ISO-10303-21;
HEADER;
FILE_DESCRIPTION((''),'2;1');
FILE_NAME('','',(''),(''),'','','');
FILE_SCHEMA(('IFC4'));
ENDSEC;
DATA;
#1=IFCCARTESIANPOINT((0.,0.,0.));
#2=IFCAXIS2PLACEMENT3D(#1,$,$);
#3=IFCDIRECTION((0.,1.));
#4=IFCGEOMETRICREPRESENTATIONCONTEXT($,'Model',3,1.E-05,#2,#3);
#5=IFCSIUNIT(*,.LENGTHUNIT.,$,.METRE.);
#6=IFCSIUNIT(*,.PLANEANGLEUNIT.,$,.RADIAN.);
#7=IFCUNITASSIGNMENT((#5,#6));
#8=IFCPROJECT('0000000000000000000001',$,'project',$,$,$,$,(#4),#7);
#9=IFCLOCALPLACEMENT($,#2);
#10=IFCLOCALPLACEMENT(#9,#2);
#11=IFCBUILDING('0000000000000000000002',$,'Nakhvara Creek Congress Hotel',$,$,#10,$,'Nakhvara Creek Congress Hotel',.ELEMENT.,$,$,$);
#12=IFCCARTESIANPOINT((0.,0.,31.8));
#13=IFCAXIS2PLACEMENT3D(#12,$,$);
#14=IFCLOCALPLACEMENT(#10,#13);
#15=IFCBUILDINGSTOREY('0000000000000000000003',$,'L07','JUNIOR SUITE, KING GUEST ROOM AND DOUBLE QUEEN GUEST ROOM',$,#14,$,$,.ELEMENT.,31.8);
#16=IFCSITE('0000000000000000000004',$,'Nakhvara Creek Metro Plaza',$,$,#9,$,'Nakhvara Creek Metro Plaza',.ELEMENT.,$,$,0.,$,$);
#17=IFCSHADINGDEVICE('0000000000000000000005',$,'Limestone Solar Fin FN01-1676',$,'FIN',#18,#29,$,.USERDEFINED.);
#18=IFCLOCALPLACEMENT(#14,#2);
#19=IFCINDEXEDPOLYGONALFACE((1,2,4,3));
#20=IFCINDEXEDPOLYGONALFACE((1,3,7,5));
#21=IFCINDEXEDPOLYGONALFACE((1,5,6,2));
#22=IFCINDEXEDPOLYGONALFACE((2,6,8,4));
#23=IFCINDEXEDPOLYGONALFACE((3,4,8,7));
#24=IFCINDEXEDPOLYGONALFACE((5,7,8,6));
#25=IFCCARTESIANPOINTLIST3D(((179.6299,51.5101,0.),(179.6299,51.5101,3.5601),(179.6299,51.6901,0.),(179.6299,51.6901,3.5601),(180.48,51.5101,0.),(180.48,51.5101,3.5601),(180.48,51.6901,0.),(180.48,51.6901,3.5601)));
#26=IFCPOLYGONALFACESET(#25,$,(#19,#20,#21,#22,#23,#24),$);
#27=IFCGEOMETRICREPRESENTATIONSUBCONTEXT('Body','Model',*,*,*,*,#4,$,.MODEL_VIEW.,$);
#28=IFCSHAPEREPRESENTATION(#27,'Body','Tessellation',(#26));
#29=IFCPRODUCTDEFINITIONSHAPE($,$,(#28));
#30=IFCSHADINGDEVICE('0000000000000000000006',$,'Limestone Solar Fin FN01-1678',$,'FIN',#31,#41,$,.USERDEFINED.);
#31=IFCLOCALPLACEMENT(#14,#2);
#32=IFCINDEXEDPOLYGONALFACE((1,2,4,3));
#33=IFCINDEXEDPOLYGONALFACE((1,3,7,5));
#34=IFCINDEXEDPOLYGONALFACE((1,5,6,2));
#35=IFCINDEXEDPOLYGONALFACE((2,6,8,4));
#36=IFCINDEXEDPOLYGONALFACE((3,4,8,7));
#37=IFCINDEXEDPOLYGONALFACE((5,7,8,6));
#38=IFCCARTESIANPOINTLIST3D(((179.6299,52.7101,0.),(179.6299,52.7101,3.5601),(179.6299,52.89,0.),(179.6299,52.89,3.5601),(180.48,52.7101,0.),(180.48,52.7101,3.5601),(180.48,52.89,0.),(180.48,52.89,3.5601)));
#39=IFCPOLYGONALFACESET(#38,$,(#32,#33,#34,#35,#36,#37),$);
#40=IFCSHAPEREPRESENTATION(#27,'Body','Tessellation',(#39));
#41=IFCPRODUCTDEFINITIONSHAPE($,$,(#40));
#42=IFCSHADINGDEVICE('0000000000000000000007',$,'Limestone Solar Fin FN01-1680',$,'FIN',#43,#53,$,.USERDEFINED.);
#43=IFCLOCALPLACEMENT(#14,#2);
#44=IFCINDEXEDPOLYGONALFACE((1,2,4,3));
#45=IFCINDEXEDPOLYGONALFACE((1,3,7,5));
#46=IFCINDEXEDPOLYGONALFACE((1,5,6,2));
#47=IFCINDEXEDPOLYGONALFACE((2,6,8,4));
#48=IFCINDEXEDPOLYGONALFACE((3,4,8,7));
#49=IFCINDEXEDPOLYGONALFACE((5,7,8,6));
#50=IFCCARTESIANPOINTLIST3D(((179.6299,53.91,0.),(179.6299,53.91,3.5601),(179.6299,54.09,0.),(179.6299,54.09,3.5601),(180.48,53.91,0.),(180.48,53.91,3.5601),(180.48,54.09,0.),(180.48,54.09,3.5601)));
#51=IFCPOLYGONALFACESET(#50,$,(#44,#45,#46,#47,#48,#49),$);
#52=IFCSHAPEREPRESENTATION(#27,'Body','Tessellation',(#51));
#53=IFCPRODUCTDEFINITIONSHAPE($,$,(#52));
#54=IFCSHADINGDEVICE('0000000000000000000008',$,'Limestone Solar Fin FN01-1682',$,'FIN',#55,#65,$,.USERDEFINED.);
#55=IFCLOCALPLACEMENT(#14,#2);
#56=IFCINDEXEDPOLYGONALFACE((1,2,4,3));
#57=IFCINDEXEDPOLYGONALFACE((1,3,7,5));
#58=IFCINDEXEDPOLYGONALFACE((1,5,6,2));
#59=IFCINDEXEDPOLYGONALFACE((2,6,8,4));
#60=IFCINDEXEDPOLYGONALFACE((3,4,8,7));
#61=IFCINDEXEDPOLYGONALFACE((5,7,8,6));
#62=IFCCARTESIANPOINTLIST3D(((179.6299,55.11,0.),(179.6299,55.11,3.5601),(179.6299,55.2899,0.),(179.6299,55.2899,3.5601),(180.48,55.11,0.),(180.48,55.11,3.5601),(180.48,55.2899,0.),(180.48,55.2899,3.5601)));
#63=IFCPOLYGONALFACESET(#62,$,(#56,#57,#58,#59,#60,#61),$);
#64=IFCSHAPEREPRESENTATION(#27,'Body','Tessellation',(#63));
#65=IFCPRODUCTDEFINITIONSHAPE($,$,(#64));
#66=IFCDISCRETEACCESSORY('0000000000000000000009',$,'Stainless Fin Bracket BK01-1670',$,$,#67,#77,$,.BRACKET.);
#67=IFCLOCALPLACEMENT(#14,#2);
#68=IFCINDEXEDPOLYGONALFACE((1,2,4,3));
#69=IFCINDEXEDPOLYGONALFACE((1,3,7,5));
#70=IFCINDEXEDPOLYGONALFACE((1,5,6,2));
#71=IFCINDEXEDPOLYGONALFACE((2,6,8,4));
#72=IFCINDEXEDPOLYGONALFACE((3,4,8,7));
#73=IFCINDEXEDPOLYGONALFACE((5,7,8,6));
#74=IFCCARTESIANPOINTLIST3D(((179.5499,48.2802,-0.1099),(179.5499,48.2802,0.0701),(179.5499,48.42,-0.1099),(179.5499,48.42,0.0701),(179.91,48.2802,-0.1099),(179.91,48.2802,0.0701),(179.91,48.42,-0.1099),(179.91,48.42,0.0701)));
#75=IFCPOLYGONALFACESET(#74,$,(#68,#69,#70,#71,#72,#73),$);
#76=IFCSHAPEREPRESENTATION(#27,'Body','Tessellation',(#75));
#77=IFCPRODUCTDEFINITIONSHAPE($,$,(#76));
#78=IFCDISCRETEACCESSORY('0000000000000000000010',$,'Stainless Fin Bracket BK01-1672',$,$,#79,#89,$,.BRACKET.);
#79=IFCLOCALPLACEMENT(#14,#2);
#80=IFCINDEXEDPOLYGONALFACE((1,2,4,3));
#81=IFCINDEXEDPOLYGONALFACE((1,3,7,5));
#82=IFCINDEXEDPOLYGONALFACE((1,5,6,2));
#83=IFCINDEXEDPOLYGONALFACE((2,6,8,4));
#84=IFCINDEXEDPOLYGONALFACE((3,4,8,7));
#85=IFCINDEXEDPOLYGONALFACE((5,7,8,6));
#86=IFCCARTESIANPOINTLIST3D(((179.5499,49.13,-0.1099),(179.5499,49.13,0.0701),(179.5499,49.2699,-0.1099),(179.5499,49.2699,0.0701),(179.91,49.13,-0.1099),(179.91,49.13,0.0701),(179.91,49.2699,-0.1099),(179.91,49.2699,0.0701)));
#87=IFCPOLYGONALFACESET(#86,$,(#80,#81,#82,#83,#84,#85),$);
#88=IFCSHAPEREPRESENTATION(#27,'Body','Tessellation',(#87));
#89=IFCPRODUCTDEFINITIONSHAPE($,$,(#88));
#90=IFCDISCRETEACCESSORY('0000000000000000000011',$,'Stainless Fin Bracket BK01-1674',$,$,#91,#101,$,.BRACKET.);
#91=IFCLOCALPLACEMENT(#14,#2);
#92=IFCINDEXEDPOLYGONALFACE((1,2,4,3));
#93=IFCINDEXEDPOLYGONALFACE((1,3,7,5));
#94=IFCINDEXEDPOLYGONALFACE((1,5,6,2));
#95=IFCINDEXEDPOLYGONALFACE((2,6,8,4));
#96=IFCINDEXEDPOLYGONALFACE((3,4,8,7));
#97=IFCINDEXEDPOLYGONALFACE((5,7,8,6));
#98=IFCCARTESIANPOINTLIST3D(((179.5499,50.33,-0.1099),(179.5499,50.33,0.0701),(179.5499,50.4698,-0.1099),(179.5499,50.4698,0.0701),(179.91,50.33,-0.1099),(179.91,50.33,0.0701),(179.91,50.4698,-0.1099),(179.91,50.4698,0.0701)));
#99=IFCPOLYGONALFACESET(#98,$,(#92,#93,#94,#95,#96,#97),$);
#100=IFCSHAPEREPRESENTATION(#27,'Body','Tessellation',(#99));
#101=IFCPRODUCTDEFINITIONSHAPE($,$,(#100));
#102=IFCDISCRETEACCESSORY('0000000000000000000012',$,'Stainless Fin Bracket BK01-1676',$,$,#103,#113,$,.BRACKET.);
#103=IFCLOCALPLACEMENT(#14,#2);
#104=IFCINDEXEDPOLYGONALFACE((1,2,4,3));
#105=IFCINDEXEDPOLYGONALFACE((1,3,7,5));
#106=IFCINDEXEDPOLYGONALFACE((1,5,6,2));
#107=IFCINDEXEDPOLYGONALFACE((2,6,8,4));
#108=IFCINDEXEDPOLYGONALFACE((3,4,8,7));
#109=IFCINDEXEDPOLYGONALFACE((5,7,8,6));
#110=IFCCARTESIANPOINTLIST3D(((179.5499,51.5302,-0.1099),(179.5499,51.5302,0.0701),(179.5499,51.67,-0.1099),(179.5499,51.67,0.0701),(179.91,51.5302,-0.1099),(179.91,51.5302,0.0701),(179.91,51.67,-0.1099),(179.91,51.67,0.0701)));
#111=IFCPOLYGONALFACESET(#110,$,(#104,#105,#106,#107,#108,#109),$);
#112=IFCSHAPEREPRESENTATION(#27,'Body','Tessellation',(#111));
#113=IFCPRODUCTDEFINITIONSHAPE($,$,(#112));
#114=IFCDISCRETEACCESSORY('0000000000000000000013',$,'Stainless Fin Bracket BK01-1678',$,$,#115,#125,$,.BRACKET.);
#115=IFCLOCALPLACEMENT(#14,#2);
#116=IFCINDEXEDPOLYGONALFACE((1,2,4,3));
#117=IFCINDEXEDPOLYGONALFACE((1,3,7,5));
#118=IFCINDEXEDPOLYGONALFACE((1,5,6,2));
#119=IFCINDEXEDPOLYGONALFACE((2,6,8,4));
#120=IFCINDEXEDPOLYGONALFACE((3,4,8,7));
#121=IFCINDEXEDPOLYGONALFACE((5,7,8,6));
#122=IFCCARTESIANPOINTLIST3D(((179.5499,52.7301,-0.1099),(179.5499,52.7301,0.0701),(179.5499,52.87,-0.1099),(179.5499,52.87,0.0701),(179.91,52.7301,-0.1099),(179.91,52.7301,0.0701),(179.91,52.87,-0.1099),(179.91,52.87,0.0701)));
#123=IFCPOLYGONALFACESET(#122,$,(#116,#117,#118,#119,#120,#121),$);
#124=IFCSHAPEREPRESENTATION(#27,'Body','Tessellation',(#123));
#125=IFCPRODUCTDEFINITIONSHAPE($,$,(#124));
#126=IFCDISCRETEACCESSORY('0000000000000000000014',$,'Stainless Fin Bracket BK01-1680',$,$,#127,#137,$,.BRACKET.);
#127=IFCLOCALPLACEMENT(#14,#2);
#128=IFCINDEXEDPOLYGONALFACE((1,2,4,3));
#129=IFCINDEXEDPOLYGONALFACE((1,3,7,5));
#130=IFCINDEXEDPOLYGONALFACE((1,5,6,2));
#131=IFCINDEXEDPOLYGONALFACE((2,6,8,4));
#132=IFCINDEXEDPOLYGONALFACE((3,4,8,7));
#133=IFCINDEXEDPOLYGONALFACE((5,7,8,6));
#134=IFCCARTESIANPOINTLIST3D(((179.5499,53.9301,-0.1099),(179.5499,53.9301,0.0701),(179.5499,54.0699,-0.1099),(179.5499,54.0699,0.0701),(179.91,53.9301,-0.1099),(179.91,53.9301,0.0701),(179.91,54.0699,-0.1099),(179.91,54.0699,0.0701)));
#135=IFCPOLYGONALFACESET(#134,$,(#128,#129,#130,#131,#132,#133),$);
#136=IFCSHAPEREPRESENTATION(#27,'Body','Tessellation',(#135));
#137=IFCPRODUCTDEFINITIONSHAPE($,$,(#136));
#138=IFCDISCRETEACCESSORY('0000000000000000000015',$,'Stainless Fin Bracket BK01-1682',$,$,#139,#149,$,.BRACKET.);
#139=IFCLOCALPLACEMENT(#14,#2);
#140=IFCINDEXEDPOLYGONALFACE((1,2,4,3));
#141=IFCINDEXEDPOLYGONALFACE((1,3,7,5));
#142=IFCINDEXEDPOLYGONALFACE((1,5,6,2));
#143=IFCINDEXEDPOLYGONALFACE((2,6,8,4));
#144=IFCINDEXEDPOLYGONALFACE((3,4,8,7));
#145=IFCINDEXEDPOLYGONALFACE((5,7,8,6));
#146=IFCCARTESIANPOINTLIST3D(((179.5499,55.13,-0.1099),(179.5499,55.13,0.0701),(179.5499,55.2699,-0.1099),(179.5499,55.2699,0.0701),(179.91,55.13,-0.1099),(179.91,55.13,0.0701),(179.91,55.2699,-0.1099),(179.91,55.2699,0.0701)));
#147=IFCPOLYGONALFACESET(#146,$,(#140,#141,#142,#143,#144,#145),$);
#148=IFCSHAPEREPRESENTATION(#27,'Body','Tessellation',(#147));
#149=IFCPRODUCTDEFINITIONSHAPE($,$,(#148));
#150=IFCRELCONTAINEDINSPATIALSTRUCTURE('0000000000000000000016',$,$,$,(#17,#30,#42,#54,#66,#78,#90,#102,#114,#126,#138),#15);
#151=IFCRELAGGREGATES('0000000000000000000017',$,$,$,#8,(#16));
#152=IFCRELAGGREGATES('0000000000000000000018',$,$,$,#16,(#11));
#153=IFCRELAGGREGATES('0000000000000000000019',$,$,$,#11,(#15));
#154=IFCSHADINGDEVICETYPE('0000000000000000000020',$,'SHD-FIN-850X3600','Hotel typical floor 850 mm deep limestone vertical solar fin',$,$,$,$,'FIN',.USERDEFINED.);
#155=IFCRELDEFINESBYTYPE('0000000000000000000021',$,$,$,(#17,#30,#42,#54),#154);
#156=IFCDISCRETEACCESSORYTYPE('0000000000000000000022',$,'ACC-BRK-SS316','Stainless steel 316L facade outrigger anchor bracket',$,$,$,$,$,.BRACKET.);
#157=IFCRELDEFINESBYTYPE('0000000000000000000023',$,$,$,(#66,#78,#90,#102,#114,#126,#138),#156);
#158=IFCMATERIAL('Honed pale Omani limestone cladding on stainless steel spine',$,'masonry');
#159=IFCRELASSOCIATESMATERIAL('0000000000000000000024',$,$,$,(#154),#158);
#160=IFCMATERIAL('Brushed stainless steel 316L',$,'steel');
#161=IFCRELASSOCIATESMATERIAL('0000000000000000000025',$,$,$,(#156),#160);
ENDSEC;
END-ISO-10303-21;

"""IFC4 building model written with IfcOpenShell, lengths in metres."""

from ifc_helpers import new_model, si_unit, direction, frame, origin, origin_2d, place, context, subcontext, project, spatial, rectangle, extrude, material, type_object, element, save


model = new_model("IFC4")

# Units and contexts
model_context = context("Model", 3, precision=1e-05, world=origin(), true_north=direction((0.0, 1.0)))
body_context = subcontext(model_context, "Body", "Model", "MODEL_VIEW")
ifc_project = project(units=[si_unit("LENGTHUNIT", "METRE"), si_unit("PLANEANGLEUNIT", "RADIAN")], contexts=[model_context])

# Site, building, storey
site_placement = place(None, origin())
site = spatial("IfcSite", under=ifc_project, at=site_placement, Name="Nakhvara Creek Metro Plaza", LongName="Nakhvara Creek Metro Plaza", CompositionType="ELEMENT", RefElevation=0.0)
building_placement = place(site_placement, origin())
building = spatial("IfcBuilding", under=site, at=building_placement, Name="Nakhvara Creek Congress Hotel", LongName="Nakhvara Creek Congress Hotel", CompositionType="ELEMENT")
storey_placement = place(building_placement, frame((0.0, 0.0, 31.8)))
storey = spatial("IfcBuildingStorey", under=building, at=storey_placement, Name="L07", Description="JUNIOR SUITE, KING GUEST ROOM AND DOUBLE QUEEN GUEST ROOM", CompositionType="ELEMENT", Elevation=31.8)

# Shared definitions
ifc_material_1 = material(Name="Brushed stainless steel 316L", Category="steel")

# Shading devices
ifc_material_2 = material(Name="Honed pale Omani limestone cladding on stainless steel spine", Category="masonry")
shading_device_type = type_object("IfcShadingDeviceType", Name="SHD-FIN-850X3600", Description="Hotel typical floor 850 mm deep limestone vertical solar fin", ElementType="FIN", PredefinedType="USERDEFINED", material=ifc_material_2)
for number, where, z_axis, x_axis, name in (
    (1, (180.0549, 51.6001, 0.0), (0.0, 0.0, 1.0), (0.0, 1.0, 0.0), "Limestone Solar Fin FN01-1676"),
    (2, (180.0549, 52.8, 0.0), (0.0, 0.0, 1.0), (0.0, 1.0, 0.0), "Limestone Solar Fin FN01-1678"),
    (3, (180.0549, 54.0, 0.0), (0.0, 0.0, 1.0), (0.0, 1.0, 0.0), "Limestone Solar Fin FN01-1680"),
    (4, (180.0549, 55.2, 0.0), (0.0, 0.0, 1.0), (0.0, 1.0, 0.0), "Limestone Solar Fin FN01-1682"),
):
    element("IfcShadingDevice", number, at=place(storey_placement, frame(where, z_axis=z_axis, x_axis=x_axis)), inside=storey, type_object=shading_device_type, Name=name, ObjectType="FIN", PredefinedType="USERDEFINED", context=body_context, shape_type="SweptSolid", body=[
        extrude(rectangle(XDim=0.1799, YDim=0.8501, at=origin_2d()), origin(), (0.0, 0.0, 1.0), 3.5601),
    ])

# Discrete accessories
discrete_accessory_type = type_object("IfcDiscreteAccessoryType", Name="ACC-BRK-SS316", Description="Stainless steel 316L facade outrigger anchor bracket", PredefinedType="BRACKET", material=ifc_material_1)
for number, where, z_axis, x_axis, name in (
    (5, (179.73, 48.3501, -0.1099), (0.0, 0.0, 1.0), (0.0, 1.0, 0.0), "Stainless Fin Bracket BK01-1670"),
    (6, (179.73, 49.2, -0.1099), (0.0, 0.0, 1.0), (0.0, 1.0, 0.0), "Stainless Fin Bracket BK01-1672"),
    (7, (179.73, 50.3999, -0.1099), (0.0, 0.0, 1.0), (0.0, 1.0, 0.0), "Stainless Fin Bracket BK01-1674"),
    (8, (179.73, 51.6001, -0.1099), (0.0, 0.0, 1.0), (0.0, 1.0, 0.0), "Stainless Fin Bracket BK01-1676"),
    (9, (179.73, 52.8, -0.1099), (0.0, 0.0, 1.0), (0.0, 1.0, 0.0), "Stainless Fin Bracket BK01-1678"),
    (10, (179.73, 54.0, -0.1099), (0.0, 0.0, 1.0), (0.0, 1.0, 0.0), "Stainless Fin Bracket BK01-1680"),
    (11, (179.73, 55.2, -0.1099), (0.0, 0.0, 1.0), (0.0, 1.0, 0.0), "Stainless Fin Bracket BK01-1682"),
):
    element("IfcDiscreteAccessory", number, at=place(storey_placement, frame(where, z_axis=z_axis, x_axis=x_axis)), inside=storey, type_object=discrete_accessory_type, Name=name, PredefinedType="BRACKET", context=body_context, shape_type="SweptSolid", body=[
        extrude(rectangle(XDim=0.1399, YDim=0.3601, at=origin_2d()), origin(), (0.0, 0.0, 1.0), 0.1799),
    ])

save(model, "model.ifc")
